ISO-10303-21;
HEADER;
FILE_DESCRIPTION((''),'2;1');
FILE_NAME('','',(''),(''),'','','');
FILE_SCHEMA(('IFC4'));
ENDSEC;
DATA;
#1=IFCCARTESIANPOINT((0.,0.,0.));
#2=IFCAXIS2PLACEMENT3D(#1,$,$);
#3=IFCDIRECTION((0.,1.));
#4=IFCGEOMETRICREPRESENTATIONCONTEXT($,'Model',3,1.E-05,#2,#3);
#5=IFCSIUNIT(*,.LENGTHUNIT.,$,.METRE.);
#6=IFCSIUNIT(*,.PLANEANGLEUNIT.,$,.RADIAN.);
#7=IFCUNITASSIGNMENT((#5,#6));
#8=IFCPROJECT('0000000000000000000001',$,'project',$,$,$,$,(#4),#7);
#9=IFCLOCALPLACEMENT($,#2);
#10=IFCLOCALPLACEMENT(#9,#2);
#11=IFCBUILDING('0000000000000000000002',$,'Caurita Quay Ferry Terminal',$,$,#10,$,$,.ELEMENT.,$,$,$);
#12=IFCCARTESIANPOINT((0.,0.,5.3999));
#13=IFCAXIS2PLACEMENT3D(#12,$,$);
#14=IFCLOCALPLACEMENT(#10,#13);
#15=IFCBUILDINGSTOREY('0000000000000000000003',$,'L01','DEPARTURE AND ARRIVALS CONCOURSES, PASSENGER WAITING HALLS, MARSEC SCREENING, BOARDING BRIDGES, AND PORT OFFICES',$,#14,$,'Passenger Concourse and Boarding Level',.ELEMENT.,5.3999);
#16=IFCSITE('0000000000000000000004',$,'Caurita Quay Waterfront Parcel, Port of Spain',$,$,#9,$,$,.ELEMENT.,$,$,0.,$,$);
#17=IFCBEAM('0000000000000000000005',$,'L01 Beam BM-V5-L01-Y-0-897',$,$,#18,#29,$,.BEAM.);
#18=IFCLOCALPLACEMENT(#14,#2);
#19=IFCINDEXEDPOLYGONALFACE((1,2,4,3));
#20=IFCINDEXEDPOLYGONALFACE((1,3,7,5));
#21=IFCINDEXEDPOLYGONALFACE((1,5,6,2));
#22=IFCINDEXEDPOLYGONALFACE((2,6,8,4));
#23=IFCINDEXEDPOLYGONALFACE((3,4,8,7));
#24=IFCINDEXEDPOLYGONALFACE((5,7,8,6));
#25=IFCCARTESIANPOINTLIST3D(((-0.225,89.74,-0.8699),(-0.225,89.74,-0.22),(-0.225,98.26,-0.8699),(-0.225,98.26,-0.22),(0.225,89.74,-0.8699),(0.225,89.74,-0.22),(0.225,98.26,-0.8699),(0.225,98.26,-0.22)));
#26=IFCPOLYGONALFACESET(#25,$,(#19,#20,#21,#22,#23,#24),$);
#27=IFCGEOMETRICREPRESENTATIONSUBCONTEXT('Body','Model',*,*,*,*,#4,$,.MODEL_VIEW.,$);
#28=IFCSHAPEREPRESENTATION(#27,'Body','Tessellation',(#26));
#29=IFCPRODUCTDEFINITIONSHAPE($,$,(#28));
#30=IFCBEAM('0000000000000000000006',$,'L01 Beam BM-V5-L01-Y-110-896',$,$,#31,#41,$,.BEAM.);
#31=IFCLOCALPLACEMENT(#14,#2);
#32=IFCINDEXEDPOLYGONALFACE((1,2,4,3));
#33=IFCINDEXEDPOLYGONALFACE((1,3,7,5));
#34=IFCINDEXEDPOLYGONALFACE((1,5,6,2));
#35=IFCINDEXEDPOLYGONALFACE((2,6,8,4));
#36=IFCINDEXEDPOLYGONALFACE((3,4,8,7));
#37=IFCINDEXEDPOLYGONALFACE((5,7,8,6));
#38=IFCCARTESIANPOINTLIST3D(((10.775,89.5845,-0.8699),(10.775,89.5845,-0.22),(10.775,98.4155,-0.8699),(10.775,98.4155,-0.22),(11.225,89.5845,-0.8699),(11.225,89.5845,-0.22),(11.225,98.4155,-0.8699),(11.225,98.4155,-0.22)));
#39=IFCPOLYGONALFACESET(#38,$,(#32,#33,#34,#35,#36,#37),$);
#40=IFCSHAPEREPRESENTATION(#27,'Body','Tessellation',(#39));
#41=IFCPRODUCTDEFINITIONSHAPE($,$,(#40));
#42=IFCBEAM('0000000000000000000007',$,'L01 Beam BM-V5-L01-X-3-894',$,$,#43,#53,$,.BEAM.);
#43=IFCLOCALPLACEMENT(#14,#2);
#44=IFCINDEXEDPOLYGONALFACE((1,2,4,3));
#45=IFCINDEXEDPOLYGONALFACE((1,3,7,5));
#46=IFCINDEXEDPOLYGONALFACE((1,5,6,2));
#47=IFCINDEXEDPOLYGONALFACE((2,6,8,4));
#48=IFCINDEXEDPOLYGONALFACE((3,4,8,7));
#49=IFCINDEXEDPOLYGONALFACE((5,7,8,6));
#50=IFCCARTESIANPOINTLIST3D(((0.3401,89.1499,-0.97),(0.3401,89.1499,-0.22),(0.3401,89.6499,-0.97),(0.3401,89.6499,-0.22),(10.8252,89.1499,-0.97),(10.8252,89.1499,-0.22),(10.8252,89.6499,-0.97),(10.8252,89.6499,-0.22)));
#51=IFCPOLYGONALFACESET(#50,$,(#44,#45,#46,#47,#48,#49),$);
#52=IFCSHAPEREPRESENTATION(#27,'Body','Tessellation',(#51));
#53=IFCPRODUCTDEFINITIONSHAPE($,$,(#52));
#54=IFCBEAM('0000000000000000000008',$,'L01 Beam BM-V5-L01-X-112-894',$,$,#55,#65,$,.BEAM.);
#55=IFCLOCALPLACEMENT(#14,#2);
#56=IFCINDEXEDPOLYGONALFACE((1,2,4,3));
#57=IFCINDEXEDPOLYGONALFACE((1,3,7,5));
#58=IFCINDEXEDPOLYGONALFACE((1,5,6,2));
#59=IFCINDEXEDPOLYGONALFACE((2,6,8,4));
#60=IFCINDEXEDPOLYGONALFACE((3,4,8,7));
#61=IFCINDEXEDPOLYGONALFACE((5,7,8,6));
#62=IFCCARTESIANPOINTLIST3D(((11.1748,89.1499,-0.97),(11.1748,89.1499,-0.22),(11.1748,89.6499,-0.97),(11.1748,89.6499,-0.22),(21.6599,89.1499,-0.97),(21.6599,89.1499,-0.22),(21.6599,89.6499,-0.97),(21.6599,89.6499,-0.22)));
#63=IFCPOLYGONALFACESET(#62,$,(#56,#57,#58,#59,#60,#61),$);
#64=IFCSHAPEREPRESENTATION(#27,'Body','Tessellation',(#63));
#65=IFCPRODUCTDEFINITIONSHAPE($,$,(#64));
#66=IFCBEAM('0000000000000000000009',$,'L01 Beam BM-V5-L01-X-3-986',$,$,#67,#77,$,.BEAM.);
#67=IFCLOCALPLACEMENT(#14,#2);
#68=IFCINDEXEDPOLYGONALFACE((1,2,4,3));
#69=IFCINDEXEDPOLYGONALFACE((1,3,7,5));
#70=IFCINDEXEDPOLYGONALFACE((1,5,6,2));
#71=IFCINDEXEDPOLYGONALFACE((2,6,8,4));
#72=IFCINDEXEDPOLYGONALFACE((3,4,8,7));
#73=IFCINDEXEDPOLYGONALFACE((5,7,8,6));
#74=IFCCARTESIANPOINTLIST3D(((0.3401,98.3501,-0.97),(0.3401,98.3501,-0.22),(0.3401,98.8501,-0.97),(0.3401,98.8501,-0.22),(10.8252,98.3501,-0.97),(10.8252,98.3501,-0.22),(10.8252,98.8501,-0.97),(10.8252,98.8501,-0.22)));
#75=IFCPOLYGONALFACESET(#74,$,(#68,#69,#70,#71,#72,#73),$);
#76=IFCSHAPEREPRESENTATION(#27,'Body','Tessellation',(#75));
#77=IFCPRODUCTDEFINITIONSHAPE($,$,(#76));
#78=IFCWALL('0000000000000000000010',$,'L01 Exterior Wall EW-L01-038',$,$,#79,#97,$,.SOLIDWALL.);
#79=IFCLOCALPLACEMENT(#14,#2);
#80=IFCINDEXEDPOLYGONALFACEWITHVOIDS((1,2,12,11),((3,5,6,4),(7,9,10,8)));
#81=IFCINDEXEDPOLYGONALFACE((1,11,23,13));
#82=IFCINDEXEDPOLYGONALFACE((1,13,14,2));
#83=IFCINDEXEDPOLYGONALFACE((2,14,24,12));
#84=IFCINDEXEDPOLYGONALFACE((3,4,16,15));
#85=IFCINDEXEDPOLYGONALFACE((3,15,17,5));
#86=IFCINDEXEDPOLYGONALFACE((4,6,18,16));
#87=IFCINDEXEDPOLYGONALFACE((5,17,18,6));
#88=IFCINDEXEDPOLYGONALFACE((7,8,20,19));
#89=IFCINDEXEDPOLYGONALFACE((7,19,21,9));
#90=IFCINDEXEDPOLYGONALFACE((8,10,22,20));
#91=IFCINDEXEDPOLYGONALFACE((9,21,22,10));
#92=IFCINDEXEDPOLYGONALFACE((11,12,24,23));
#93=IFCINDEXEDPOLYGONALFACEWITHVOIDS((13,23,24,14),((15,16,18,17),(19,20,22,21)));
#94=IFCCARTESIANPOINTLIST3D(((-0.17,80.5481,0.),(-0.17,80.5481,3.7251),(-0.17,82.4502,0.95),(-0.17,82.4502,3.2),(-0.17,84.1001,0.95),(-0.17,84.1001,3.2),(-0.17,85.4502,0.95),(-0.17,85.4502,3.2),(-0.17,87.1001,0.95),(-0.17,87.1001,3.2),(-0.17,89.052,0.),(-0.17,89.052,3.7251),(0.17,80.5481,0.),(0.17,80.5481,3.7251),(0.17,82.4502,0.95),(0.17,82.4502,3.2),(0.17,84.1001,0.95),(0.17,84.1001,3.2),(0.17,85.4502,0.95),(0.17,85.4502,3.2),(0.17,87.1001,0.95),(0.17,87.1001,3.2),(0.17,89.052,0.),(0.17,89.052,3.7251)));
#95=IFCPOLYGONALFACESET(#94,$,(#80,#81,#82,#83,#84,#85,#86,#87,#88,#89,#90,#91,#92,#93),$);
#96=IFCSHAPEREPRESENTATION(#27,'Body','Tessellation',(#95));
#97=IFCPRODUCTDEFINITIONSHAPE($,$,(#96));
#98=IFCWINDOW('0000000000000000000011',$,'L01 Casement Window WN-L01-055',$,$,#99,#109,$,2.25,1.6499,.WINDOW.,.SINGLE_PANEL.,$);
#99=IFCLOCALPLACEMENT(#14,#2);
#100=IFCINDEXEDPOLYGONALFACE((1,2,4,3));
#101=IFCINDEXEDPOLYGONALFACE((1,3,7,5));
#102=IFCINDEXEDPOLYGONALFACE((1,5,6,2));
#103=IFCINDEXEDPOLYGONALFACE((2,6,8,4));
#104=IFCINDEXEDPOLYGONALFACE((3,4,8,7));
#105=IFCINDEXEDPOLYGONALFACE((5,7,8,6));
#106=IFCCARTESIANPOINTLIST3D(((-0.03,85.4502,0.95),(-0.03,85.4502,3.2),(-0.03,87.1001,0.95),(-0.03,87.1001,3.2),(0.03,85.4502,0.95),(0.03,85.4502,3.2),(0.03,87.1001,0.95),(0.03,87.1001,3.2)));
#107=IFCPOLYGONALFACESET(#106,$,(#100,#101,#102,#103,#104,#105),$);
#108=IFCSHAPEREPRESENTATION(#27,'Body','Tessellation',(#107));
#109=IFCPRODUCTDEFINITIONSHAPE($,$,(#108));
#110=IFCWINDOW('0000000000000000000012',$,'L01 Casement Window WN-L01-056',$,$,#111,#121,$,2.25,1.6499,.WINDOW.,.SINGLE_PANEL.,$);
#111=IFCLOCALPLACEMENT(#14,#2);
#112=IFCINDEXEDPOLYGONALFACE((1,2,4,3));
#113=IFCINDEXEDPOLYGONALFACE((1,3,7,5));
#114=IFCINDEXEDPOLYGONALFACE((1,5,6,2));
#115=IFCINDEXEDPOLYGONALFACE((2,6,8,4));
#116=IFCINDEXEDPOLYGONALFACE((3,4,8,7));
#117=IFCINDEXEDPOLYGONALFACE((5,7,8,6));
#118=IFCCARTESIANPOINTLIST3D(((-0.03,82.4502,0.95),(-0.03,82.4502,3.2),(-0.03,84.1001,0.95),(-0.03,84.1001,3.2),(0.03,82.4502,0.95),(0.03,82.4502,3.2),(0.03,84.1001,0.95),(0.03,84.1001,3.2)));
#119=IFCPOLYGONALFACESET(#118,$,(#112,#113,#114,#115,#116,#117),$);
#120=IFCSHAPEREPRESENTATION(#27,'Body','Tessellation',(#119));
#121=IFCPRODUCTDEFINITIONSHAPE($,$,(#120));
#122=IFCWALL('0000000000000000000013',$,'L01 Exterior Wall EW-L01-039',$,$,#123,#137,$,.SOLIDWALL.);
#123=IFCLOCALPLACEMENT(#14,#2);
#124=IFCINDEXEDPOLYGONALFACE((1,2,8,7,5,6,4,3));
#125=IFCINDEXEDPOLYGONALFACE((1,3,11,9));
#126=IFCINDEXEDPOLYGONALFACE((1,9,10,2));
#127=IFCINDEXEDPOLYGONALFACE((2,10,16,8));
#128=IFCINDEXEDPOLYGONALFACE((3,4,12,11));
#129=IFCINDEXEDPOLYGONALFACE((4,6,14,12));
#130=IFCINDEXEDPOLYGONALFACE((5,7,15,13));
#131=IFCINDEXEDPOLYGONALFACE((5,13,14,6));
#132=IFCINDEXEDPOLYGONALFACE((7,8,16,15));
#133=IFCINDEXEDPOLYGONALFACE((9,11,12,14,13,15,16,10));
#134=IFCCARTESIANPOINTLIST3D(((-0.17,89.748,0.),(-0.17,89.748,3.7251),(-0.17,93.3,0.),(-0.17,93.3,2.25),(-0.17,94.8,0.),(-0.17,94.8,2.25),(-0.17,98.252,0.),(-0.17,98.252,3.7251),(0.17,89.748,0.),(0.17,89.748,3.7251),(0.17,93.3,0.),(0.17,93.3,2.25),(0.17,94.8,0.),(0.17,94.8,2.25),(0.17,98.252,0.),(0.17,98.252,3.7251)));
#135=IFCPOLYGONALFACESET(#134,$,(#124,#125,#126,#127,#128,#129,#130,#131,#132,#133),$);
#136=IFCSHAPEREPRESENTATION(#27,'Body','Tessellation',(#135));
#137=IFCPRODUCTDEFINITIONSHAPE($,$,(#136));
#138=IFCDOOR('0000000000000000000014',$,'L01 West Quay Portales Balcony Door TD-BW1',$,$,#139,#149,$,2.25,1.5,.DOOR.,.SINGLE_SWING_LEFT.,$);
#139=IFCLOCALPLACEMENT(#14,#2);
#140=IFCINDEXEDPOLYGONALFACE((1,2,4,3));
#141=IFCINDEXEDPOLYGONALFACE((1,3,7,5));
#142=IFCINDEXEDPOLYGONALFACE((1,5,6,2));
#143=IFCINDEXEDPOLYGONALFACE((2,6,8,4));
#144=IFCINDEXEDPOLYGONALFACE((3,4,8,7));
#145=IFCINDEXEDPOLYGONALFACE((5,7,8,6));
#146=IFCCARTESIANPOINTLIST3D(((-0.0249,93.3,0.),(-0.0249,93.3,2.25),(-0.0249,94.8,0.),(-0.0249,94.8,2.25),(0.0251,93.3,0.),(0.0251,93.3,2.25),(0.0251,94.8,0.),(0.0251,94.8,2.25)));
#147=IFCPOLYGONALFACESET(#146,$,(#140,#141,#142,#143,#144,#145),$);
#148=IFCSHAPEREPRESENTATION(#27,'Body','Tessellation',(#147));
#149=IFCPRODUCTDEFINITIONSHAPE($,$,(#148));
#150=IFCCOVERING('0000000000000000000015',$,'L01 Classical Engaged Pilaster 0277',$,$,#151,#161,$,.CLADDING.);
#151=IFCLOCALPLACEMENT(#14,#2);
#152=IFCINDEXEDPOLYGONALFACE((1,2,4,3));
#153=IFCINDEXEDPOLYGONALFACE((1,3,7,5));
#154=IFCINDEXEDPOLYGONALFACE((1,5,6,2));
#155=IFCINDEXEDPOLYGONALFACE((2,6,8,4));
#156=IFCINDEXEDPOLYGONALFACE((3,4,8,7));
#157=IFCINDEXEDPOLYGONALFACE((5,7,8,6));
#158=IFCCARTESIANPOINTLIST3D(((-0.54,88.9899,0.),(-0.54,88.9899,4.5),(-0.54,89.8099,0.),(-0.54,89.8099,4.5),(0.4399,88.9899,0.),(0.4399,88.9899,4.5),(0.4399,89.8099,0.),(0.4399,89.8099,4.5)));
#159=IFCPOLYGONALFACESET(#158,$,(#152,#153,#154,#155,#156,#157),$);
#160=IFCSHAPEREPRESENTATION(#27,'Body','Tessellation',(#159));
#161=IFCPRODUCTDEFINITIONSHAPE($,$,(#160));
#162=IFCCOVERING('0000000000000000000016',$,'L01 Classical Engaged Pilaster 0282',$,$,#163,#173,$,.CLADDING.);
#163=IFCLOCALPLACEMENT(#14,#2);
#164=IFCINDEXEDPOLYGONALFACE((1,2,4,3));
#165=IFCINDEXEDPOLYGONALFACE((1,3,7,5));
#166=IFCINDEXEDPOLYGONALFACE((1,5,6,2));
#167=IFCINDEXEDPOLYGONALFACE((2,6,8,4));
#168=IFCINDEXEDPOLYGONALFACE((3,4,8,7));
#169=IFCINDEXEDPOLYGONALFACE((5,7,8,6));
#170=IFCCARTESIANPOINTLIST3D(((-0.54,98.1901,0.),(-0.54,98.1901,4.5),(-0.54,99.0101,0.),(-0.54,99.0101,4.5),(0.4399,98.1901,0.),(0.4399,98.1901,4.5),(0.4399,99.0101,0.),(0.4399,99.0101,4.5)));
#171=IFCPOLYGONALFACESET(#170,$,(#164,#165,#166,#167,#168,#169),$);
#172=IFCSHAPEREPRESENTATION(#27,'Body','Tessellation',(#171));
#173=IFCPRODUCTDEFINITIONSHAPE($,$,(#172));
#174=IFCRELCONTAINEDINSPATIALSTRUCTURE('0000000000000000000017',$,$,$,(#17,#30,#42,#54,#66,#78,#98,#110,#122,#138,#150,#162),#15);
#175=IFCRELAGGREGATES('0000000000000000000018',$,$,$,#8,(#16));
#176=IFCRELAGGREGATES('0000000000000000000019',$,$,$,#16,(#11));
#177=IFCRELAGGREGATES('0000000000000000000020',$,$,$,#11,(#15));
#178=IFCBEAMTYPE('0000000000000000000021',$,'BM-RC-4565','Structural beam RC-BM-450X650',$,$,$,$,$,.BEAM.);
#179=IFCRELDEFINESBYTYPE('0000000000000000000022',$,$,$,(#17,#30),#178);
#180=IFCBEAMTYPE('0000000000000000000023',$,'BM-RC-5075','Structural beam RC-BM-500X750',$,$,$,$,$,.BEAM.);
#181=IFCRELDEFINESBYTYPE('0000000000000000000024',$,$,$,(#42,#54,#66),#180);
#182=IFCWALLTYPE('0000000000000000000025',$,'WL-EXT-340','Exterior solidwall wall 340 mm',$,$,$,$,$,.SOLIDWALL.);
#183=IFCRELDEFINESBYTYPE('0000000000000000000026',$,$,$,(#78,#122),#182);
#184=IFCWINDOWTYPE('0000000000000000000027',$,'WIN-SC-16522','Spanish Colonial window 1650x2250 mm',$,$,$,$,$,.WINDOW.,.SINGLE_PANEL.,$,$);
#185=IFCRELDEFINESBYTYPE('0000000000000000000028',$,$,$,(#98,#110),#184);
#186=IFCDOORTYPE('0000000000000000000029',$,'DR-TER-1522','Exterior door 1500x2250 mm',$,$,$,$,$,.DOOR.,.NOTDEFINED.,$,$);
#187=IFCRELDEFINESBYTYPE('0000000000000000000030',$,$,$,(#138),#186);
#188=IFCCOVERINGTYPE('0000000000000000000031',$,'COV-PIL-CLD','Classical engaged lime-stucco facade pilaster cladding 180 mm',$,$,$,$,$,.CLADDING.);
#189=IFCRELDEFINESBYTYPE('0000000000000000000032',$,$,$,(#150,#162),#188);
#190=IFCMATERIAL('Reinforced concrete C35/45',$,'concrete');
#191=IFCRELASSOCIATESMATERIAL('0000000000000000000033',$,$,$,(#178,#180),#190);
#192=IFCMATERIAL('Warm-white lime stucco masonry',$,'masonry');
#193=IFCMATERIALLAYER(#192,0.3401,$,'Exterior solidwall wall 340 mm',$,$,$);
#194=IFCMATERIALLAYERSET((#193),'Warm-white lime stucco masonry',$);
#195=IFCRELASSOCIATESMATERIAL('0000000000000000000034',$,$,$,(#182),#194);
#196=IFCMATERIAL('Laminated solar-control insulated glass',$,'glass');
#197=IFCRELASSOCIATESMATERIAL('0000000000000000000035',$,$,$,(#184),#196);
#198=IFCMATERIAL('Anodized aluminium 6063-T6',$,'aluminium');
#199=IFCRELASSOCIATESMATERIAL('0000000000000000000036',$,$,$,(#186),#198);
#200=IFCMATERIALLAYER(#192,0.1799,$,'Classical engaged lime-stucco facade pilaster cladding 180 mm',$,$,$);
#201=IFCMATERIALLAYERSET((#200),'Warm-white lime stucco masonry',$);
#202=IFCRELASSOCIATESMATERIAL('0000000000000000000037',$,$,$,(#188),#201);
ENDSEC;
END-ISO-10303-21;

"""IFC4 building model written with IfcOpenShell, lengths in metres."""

from ifc_helpers import new_model, si_unit, direction, frame, frame_2d, origin, origin_2d, place, context, subcontext, project, spatial, rectangle, extrude, material, layer, layer_set, material_profile, profile_set, type_object, element, fill, save


model = new_model("IFC4")

# Units and contexts
model_context = context("Model", 3, precision=1e-05, world=origin(), true_north=direction((0.0, 1.0)))
body_context = subcontext(model_context, "Body", "Model", "MODEL_VIEW")
ifc_project = project(units=[si_unit("LENGTHUNIT", "METRE"), si_unit("PLANEANGLEUNIT", "RADIAN")], contexts=[model_context])

# Site, building, storey
site_placement = place(None, origin())
site = spatial("IfcSite", under=ifc_project, at=site_placement, Name="Caurita Quay Waterfront Parcel, Port of Spain", CompositionType="ELEMENT", RefElevation=0.0)
building_placement = place(site_placement, origin())
building = spatial("IfcBuilding", under=site, at=building_placement, Name="Caurita Quay Ferry Terminal", CompositionType="ELEMENT")
storey_placement = place(building_placement, frame((0.0, 0.0, 5.3999)))
storey = spatial("IfcBuildingStorey", under=building, at=storey_placement, Name="L01", Description="DEPARTURE AND ARRIVALS CONCOURSES, PASSENGER WAITING HALLS, MARSEC SCREENING, BOARDING BRIDGES, AND PORT OFFICES", LongName="Passenger Concourse and Boarding Level", CompositionType="ELEMENT", Elevation=5.3999)

# Shared definitions
ifc_material_1 = material(Name="Reinforced concrete C35/45", Category="concrete")

# Beams
ifc_material_profile_1 = material_profile(ifc_material_1, rectangle(XDim=0.45, YDim=0.6499, at=origin_2d()), Name="RC-BM-450X650")
ifc_profile_set_1 = profile_set([ifc_material_profile_1], Name="Reinforced concrete C35/45")
beam_type_1 = type_object("IfcBeamType", Name="BM-RC-4565", Description="Structural beam RC-BM-450X650", PredefinedType="BEAM", material=ifc_profile_set_1)
beam_1_placement = place(storey_placement, frame((0.0, 89.74, -0.5449), z_axis=(0.0, 1.0, 0.0), x_axis=(-1.0, 0.0, 0.0)))
element("IfcBeam", 1, at=beam_1_placement, inside=storey, type_object=beam_type_1, Name="L01 Beam BM-V5-L01-Y-0-897", PredefinedType="BEAM", context=body_context, shape_type="SweptSolid", body=[
    extrude(rectangle(XDim=0.45, YDim=0.6499, at=origin_2d()), origin(), (0.0, 0.0, 1.0), 8.52),
])
beam_2_placement = place(storey_placement, frame((11.0, 89.5845, -0.5449), z_axis=(0.0, 1.0, 0.0), x_axis=(-1.0, 0.0, 0.0)))
element("IfcBeam", 2, at=beam_2_placement, inside=storey, type_object=beam_type_1, Name="L01 Beam BM-V5-L01-Y-110-896", PredefinedType="BEAM", context=body_context, shape_type="SweptSolid", body=[
    extrude(rectangle(XDim=0.45, YDim=0.6499, at=origin_2d()), origin(), (0.0, 0.0, 1.0), 8.8311),
])
ifc_material_profile_2 = material_profile(ifc_material_1, rectangle(XDim=0.5, YDim=0.75, at=origin_2d()), Name="RC-BM-500X750")
ifc_profile_set_2 = profile_set([ifc_material_profile_2], Name="Reinforced concrete C35/45")
beam_type_2 = type_object("IfcBeamType", Name="BM-RC-5075", Description="Structural beam RC-BM-500X750", PredefinedType="BEAM", material=ifc_profile_set_2)
for number, where, z_axis, x_axis, name in (
    (3, (0.3401, 89.3999, -0.595), (1.0, 0.0, 0.0), (0.0, 1.0, 0.0), "L01 Beam BM-V5-L01-X-3-894"),
    (4, (11.1748, 89.3999, -0.595), (1.0, 0.0, 0.0), (0.0, 1.0, 0.0), "L01 Beam BM-V5-L01-X-112-894"),
    (5, (0.3401, 98.6001, -0.595), (1.0, 0.0, 0.0), (0.0, 1.0, 0.0), "L01 Beam BM-V5-L01-X-3-986"),
):
    element("IfcBeam", number, at=place(storey_placement, frame(where, z_axis=z_axis, x_axis=x_axis)), inside=storey, type_object=beam_type_2, Name=name, PredefinedType="BEAM", context=body_context, shape_type="SweptSolid", body=[
        extrude(rectangle(XDim=0.5, YDim=0.75, at=origin_2d()), origin(), (0.0, 0.0, 1.0), 10.4851),
    ])

# Wall, openings, windows
ifc_material_2 = material(Name="Warm-white lime stucco masonry", Category="masonry")
ifc_layer_1 = layer(ifc_material_2, 0.3401, Name="Exterior solidwall wall 340 mm")
ifc_layer_set_1 = layer_set([ifc_layer_1], Name="Warm-white lime stucco masonry")
wall_type = type_object("IfcWallType", Name="WL-EXT-340", Description="Exterior solidwall wall 340 mm", PredefinedType="SOLIDWALL", material=ifc_layer_set_1)
wall_1_placement = place(storey_placement, frame((0.0, 89.052, 0.0), z_axis=(0.0, 0.0, 1.0), x_axis=(0.0, -1.0, 0.0)))
wall_1 = element("IfcWall", 6, at=wall_1_placement, inside=storey, type_object=wall_type, Name="L01 Exterior Wall EW-L01-038", PredefinedType="SOLIDWALL", context=body_context, shape_type="SweptSolid", body=[
    extrude(rectangle(XDim=8.5039, YDim=0.3401, at=frame_2d((4.252, 0.0))), origin(), (0.0, 0.0, 1.0), 3.7251),
])
opening_1_placement = place(wall_1_placement, frame((1.9519, 0.0, 0.95)))
opening_1 = element("IfcOpeningElement", 7, at=opening_1_placement, cuts=wall_1, PredefinedType="OPENING", context=body_context, shape_type="SweptSolid", body=[
    extrude(rectangle(XDim=1.6499, YDim=2.25, at=frame_2d((0.825, 1.125))), frame((0.0, 0.1799, 0.0), z_axis=(0.0, -1.0, 0.0), x_axis=(1.0, 0.0, 0.0)), (0.0, 0.0, 1.0), 0.3601),
])
opening_2_placement = place(wall_1_placement, frame((4.9519, 0.0, 0.95)))
opening_2 = element("IfcOpeningElement", 8, at=opening_2_placement, cuts=wall_1, PredefinedType="OPENING", context=body_context, shape_type="SweptSolid", body=[
    extrude(rectangle(XDim=1.6499, YDim=2.25, at=frame_2d((0.825, 1.125))), frame((0.0, 0.1799, 0.0), z_axis=(0.0, -1.0, 0.0), x_axis=(1.0, 0.0, 0.0)), (0.0, 0.0, 1.0), 0.3601),
])
ifc_material_3 = material(Name="Laminated solar-control insulated glass", Category="glass")
window_type = type_object("IfcWindowType", Name="WIN-SC-16522", Description="Spanish Colonial window 1650x2250 mm", PartitioningType="SINGLE_PANEL", PredefinedType="WINDOW", material=ifc_material_3)
window_1_placement = place(opening_1_placement, origin())
window_1 = element("IfcWindow", 9, at=window_1_placement, inside=storey, type_object=window_type, Name="L01 Casement Window WN-L01-055", OverallHeight=2.25, OverallWidth=1.6499, PartitioningType="SINGLE_PANEL", PredefinedType="WINDOW", context=body_context, shape_type="SweptSolid", body=[
    extrude(rectangle(XDim=1.6499, YDim=2.25, at=frame_2d((0.825, 1.125))), frame((0.0, 0.03, 0.0), z_axis=(0.0, -1.0, 0.0), x_axis=(1.0, 0.0, 0.0)), (0.0, 0.0, 1.0), 0.0601),
])
fill(opening_1, window_1)
window_2_placement = place(opening_2_placement, origin())
window_2 = element("IfcWindow", 10, at=window_2_placement, inside=storey, type_object=window_type, Name="L01 Casement Window WN-L01-056", OverallHeight=2.25, OverallWidth=1.6499, PartitioningType="SINGLE_PANEL", PredefinedType="WINDOW", context=body_context, shape_type="SweptSolid", body=[
    extrude(rectangle(XDim=1.6499, YDim=2.25, at=frame_2d((0.825, 1.125))), frame((0.0, 0.03, 0.0), z_axis=(0.0, -1.0, 0.0), x_axis=(1.0, 0.0, 0.0)), (0.0, 0.0, 1.0), 0.0601),
])
fill(opening_2, window_2)

# Wall, opening, door
wall_2_placement = place(storey_placement, frame((0.0, 98.252, 0.0), z_axis=(0.0, 0.0, 1.0), x_axis=(0.0, -1.0, 0.0)))
wall_2 = element("IfcWall", 11, at=wall_2_placement, inside=storey, type_object=wall_type, Name="L01 Exterior Wall EW-L01-039", PredefinedType="SOLIDWALL", context=body_context, shape_type="SweptSolid", body=[
    extrude(rectangle(XDim=8.5039, YDim=0.3401, at=frame_2d((4.252, 0.0))), origin(), (0.0, 0.0, 1.0), 3.7251),
])
opening_3_placement = place(wall_2_placement, frame((3.4519, 0.0, 0.0)))
opening_3 = element("IfcOpeningElement", 12, at=opening_3_placement, cuts=wall_2, PredefinedType="OPENING", context=body_context, shape_type="SweptSolid", body=[
    extrude(rectangle(XDim=1.5, YDim=2.25, at=frame_2d((0.75, 1.125))), frame((0.0, 0.1799, 0.0), z_axis=(0.0, -1.0, 0.0), x_axis=(1.0, 0.0, 0.0)), (0.0, 0.0, 1.0), 0.3601),
])
ifc_material_4 = material(Name="Anodized aluminium 6063-T6", Category="aluminium")
door_type = type_object("IfcDoorType", Name="DR-TER-1522", Description="Exterior door 1500x2250 mm", OperationType="NOTDEFINED", PredefinedType="DOOR", material=ifc_material_4)
door_placement = place(opening_3_placement, frame((1.5, 0.0, 0.0), z_axis=(0.0, 0.0, 1.0), x_axis=(-1.0, 0.0, 0.0)))
door = element("IfcDoor", 13, at=door_placement, inside=storey, type_object=door_type, Name="L01 West Quay Portales Balcony Door TD-BW1", OperationType="SINGLE_SWING_LEFT", OverallHeight=2.25, OverallWidth=1.5, PredefinedType="DOOR", context=body_context, shape_type="SweptSolid", body=[
    extrude(rectangle(XDim=1.5, YDim=2.25, at=frame_2d((0.75, 1.125))), frame((0.0, 0.0249, 0.0), z_axis=(0.0, -1.0, 0.0), x_axis=(1.0, 0.0, 0.0)), (0.0, 0.0, 1.0), 0.05),
])
fill(opening_3, door)

# Coverings
ifc_layer_2 = layer(ifc_material_2, 0.1799, Name="Classical engaged lime-stucco facade pilaster cladding 180 mm")
ifc_layer_set_2 = layer_set([ifc_layer_2], Name="Warm-white lime stucco masonry")
covering_type_1 = type_object("IfcCoveringType", Name="COV-PIL-CLD", Description="Classical engaged lime-stucco facade pilaster cladding 180 mm", PredefinedType="CLADDING", material=ifc_layer_set_2)
for number, where, z_axis, x_axis, name in (
    (14, (-0.05, 89.3999, 0.0), (0.0, 0.0, 1.0), (1.0, 0.0, 0.0), "L01 Classical Engaged Pilaster 0277"),
    (15, (-0.05, 98.6001, 0.0), (0.0, 0.0, 1.0), (1.0, 0.0, 0.0), "L01 Classical Engaged Pilaster 0282"),
):
    element("IfcCovering", number, at=place(storey_placement, frame(where, z_axis=z_axis, x_axis=x_axis)), inside=storey, type_object=covering_type_1, Name=name, PredefinedType="CLADDING", context=body_context, shape_type="SweptSolid", body=[
        extrude(rectangle(XDim=0.98, YDim=0.8201, at=origin_2d()), origin(), (0.0, 0.0, 1.0), 4.5),
    ])

save(model, "model.ifc")
